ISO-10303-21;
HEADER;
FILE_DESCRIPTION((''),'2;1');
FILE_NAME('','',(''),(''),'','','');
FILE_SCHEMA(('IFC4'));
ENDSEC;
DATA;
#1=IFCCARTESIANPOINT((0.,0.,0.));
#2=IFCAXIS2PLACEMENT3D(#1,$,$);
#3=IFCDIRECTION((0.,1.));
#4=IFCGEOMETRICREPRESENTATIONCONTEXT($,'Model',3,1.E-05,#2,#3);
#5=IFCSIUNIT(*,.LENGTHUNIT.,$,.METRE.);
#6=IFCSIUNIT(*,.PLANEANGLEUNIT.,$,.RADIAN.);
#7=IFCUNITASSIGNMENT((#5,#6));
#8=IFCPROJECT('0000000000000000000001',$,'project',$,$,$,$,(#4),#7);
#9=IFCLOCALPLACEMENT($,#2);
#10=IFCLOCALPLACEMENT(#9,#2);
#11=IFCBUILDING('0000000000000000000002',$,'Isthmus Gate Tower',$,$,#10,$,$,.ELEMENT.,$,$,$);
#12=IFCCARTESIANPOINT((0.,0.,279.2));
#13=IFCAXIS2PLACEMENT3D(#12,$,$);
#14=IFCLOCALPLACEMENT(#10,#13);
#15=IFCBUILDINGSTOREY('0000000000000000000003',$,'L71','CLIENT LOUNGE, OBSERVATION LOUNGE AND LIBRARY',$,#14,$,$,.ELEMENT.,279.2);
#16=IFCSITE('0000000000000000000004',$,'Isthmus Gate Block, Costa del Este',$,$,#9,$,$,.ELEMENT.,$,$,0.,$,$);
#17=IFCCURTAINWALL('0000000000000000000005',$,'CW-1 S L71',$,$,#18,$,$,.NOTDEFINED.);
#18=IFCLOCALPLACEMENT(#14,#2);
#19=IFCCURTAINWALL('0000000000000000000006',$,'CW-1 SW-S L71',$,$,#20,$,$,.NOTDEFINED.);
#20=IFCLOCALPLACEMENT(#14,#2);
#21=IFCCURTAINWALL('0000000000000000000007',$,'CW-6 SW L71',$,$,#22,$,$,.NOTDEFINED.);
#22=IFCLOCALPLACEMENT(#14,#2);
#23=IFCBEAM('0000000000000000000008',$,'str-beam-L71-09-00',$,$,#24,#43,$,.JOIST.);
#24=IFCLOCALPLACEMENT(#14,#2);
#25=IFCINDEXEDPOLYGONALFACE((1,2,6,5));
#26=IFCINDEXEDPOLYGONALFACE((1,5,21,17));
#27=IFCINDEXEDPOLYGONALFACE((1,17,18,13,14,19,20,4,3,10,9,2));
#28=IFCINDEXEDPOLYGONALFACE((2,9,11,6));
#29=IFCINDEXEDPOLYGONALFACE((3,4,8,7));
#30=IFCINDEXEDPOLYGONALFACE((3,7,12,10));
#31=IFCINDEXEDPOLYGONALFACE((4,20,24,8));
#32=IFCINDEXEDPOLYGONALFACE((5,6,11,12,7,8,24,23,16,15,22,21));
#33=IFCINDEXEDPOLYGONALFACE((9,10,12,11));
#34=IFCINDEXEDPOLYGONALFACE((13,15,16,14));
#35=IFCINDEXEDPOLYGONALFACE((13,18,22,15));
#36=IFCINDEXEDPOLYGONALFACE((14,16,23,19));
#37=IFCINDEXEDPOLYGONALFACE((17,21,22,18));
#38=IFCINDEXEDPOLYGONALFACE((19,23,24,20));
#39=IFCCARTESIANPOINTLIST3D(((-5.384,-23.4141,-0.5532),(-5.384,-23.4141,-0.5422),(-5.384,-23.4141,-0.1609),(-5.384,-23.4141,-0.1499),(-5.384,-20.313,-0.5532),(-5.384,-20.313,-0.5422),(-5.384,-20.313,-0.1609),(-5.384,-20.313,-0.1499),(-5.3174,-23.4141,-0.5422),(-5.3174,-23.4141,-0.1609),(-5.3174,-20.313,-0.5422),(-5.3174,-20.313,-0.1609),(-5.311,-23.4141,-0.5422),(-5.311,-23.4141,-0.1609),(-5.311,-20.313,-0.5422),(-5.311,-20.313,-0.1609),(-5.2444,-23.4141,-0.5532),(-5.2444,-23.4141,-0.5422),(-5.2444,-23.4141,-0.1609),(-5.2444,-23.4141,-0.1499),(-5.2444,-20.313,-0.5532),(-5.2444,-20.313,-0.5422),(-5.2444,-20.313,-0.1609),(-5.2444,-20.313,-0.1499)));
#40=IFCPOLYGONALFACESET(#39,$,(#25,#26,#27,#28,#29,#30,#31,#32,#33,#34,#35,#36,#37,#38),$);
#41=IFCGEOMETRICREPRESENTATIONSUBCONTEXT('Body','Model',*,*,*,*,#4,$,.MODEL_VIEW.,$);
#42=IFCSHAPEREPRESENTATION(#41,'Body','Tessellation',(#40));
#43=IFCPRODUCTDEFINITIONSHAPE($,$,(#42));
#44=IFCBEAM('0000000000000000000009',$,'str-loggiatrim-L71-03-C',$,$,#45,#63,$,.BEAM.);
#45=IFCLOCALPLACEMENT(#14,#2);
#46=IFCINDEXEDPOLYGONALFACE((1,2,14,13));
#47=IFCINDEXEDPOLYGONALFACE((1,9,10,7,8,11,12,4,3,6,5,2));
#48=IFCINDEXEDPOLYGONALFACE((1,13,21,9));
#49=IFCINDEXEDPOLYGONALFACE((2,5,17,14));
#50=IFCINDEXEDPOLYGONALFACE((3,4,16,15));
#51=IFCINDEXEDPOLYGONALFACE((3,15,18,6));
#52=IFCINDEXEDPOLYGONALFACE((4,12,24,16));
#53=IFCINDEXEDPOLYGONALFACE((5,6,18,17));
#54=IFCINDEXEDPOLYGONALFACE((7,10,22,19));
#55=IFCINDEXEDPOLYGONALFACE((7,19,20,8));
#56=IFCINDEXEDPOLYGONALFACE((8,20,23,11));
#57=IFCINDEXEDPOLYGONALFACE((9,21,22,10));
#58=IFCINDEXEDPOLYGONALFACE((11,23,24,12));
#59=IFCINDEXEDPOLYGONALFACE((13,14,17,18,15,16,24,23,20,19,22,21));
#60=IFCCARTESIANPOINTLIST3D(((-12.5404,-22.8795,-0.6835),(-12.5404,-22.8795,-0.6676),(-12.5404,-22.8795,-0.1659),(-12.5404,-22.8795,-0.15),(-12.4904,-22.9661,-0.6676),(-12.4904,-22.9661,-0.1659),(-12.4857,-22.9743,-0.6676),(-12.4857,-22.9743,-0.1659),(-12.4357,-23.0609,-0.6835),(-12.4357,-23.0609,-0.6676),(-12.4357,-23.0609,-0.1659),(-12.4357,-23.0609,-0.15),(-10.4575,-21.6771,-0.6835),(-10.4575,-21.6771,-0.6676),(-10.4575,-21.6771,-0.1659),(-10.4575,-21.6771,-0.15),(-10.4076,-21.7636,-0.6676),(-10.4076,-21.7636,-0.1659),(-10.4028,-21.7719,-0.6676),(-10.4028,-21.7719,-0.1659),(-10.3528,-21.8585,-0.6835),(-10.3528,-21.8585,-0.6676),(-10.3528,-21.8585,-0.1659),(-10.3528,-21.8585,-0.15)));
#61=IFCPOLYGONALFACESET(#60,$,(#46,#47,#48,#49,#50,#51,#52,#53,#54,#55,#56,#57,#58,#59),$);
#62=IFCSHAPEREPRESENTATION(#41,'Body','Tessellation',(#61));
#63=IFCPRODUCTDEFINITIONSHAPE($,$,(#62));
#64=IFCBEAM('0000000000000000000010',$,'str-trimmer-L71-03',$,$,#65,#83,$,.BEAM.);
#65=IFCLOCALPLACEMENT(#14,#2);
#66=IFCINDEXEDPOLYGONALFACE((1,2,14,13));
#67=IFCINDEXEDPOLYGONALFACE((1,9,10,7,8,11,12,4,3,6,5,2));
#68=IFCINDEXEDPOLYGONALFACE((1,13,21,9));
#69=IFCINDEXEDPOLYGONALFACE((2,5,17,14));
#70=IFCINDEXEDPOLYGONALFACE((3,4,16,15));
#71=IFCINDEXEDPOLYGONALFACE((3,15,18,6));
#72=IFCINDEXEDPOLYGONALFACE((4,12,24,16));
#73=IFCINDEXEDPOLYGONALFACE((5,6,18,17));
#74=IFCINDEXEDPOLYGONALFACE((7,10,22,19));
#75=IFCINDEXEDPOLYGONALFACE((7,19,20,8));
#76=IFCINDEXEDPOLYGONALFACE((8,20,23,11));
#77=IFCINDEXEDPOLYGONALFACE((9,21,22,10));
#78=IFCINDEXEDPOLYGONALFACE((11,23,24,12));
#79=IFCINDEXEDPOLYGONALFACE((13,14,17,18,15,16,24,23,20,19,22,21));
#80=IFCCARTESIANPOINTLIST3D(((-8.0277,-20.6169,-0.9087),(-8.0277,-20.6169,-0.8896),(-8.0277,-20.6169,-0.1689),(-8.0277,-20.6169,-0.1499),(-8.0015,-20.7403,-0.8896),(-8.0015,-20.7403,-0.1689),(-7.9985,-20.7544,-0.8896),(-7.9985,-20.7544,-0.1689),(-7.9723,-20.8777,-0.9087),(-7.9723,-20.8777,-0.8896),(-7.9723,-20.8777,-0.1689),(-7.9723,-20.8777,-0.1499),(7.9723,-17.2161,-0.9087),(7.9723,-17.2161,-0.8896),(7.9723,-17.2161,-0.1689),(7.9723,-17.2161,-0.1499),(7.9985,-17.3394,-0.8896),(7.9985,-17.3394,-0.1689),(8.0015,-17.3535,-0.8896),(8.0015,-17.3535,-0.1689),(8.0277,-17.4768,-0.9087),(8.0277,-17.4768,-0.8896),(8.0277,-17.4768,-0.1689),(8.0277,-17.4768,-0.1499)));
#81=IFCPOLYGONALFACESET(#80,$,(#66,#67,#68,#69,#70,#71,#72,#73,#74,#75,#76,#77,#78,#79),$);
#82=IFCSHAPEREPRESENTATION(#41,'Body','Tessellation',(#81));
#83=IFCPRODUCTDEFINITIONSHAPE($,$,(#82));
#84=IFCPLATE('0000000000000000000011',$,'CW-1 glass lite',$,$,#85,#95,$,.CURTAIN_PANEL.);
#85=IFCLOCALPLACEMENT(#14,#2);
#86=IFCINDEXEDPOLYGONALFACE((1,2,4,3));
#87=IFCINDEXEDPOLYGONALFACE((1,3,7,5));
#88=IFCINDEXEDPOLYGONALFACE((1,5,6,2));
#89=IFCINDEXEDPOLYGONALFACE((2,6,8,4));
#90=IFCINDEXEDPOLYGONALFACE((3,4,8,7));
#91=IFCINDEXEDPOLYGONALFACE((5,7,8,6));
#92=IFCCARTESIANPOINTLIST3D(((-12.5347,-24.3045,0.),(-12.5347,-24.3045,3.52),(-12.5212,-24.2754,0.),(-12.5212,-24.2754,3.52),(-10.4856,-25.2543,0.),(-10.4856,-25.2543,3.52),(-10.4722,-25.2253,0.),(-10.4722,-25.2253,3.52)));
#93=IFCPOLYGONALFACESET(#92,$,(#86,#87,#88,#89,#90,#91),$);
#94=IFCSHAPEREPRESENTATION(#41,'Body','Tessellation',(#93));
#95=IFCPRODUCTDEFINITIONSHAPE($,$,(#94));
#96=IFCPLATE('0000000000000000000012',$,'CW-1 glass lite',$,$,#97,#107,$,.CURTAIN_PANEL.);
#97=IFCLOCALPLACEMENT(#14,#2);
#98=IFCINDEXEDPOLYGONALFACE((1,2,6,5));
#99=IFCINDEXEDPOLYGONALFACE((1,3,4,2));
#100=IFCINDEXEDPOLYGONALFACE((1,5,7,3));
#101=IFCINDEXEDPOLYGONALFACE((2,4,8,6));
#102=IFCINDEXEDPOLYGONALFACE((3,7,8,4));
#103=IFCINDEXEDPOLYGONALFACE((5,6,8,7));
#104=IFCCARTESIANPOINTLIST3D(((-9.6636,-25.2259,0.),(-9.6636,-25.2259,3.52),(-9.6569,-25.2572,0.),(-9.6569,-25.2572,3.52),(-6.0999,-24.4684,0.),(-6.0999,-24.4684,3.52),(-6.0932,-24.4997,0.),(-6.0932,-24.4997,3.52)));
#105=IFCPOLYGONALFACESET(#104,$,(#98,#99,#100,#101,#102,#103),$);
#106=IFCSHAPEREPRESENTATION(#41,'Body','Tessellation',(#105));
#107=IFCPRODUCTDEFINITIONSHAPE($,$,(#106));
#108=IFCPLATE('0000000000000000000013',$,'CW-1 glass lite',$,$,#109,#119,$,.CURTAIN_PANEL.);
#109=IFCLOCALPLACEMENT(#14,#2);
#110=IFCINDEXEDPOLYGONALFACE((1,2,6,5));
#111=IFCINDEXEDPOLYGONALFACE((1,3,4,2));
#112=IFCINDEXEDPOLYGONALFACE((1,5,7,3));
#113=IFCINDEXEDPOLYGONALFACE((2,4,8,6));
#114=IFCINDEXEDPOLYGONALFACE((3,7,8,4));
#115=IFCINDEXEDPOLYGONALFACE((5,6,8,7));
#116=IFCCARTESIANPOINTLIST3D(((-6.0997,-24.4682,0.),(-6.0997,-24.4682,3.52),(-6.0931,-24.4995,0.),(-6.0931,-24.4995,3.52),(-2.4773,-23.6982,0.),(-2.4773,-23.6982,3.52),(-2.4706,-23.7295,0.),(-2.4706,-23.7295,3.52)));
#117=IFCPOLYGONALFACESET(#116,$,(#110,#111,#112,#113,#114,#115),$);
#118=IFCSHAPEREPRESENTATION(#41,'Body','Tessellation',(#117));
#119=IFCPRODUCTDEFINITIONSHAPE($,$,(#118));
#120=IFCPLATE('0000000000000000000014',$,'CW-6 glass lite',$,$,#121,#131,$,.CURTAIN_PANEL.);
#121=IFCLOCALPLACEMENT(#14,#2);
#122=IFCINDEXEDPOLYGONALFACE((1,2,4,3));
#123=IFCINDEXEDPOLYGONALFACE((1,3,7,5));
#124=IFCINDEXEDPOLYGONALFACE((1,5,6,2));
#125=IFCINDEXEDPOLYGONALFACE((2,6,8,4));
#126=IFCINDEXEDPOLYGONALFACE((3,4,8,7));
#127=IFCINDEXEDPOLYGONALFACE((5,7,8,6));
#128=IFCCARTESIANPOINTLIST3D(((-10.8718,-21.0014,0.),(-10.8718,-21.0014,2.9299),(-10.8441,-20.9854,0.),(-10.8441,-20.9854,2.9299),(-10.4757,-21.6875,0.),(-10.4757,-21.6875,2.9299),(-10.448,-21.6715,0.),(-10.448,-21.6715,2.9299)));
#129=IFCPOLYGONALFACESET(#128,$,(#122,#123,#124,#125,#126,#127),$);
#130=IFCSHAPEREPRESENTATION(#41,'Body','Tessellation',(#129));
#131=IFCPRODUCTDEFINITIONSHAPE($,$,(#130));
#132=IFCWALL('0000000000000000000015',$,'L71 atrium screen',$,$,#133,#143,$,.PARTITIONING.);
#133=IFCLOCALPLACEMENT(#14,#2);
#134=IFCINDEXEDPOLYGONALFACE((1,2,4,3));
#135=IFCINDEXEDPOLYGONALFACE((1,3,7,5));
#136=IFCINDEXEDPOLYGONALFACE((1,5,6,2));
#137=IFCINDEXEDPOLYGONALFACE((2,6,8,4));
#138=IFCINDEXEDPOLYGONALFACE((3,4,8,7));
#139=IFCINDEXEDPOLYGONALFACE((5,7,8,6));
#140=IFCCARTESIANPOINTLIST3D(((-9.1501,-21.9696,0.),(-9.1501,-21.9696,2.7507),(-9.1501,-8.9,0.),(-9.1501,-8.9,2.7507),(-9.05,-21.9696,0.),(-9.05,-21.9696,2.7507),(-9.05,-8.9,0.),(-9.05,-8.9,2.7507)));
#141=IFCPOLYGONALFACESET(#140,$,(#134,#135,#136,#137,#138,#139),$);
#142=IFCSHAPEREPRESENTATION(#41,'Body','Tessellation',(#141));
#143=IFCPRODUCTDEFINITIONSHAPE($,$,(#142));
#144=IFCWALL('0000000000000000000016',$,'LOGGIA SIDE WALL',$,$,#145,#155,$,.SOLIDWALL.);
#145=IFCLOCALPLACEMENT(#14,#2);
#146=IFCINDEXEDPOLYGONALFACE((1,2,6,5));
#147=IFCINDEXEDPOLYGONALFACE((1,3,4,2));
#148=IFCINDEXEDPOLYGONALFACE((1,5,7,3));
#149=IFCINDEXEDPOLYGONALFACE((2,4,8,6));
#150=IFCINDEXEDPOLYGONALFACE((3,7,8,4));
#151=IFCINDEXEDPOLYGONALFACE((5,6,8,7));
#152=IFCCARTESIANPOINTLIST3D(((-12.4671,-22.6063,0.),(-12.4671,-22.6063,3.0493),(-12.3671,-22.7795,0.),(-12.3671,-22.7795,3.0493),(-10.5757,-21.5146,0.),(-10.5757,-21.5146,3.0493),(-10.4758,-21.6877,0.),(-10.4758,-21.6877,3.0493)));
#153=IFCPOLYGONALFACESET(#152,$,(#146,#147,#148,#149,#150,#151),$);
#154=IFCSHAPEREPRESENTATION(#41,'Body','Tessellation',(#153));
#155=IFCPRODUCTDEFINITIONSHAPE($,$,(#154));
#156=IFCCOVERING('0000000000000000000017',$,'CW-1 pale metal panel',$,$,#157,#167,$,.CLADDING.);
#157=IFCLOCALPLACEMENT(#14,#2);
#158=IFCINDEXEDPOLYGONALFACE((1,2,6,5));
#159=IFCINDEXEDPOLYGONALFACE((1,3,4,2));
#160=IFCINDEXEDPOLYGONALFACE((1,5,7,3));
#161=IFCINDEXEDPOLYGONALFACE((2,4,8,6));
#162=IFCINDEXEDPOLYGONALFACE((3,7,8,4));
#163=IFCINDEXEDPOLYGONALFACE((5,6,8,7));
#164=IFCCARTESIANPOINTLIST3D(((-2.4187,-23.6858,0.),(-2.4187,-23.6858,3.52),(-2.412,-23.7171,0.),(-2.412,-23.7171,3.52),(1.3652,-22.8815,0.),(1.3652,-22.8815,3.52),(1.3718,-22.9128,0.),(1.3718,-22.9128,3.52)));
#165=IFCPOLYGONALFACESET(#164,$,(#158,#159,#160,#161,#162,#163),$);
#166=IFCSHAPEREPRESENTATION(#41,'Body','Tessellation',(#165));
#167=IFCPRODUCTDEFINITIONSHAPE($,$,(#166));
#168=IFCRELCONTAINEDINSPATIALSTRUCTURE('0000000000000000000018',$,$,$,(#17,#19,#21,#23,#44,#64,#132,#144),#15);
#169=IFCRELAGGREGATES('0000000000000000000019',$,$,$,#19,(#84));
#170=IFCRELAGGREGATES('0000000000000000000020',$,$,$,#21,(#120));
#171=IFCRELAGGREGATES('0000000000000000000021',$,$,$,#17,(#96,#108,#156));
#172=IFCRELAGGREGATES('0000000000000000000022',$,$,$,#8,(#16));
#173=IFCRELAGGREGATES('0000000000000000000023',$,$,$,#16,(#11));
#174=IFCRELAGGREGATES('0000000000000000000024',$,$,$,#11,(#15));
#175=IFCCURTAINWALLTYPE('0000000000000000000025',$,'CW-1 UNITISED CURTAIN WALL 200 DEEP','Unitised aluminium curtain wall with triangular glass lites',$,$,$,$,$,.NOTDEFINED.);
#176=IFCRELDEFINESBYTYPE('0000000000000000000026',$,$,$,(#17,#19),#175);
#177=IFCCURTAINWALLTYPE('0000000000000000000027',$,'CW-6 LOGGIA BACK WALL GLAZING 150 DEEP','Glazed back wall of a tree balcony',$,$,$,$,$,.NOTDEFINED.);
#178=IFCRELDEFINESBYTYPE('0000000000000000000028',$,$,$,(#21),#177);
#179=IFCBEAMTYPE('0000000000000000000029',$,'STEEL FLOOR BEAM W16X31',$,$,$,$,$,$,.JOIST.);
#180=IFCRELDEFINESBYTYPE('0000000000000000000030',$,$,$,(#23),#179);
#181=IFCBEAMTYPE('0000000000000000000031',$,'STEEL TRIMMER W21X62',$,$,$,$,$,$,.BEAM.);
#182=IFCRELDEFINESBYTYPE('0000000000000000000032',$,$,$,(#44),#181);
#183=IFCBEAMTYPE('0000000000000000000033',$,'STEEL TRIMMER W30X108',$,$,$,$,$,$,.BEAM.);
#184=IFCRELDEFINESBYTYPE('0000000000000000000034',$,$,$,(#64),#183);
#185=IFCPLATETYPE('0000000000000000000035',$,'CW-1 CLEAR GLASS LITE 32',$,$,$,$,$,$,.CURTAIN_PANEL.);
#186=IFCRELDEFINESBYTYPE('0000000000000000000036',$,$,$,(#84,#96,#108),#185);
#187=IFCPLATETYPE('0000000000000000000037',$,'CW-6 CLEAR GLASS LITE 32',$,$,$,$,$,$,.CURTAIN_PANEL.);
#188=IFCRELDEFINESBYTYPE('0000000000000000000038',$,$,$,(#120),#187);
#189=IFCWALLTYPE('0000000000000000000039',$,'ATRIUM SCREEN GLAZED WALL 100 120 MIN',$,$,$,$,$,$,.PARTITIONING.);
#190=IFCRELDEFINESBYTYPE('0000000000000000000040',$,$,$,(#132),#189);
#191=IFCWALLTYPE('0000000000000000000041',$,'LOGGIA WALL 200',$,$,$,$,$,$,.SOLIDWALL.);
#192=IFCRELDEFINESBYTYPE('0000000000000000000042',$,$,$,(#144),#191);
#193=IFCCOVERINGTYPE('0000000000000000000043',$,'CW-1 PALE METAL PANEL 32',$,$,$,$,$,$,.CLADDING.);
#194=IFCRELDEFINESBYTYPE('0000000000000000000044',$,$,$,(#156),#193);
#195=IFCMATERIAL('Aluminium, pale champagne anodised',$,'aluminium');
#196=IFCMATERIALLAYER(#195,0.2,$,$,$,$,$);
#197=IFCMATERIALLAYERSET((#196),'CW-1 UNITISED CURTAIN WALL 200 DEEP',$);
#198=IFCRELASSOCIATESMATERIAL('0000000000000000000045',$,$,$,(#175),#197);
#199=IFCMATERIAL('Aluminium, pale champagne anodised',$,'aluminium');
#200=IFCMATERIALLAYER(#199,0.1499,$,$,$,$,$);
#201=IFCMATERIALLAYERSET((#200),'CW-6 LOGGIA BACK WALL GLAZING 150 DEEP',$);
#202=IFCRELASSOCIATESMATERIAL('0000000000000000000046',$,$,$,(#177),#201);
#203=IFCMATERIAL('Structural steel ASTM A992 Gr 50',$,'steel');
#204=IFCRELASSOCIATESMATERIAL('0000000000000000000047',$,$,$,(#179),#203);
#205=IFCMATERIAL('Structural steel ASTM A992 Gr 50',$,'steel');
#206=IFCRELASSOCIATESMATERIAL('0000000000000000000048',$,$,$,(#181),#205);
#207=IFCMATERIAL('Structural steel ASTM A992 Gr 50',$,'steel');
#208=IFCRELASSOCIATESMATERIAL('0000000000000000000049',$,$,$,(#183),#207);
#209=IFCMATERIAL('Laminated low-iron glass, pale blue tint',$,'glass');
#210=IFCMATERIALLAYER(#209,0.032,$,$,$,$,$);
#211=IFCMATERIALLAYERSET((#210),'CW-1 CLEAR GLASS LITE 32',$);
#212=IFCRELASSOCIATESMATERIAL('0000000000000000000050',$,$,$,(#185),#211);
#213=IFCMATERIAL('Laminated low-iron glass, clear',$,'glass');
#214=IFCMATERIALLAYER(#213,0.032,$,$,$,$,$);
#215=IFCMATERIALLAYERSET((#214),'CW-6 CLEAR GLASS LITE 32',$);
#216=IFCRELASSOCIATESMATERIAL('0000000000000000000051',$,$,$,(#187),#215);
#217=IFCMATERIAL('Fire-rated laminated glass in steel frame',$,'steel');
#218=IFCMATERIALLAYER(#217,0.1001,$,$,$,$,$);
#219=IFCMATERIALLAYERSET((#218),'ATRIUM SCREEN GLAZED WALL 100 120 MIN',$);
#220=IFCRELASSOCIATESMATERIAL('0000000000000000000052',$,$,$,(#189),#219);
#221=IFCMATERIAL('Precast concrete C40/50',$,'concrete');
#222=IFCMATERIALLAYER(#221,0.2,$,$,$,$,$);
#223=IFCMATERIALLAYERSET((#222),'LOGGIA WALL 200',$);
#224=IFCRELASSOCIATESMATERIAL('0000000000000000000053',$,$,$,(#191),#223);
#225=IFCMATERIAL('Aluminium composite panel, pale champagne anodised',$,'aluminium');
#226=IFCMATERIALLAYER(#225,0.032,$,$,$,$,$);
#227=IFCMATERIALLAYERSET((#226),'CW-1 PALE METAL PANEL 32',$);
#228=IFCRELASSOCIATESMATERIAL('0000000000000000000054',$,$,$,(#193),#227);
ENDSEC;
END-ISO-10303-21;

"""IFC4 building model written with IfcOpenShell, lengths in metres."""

from ifc_helpers import new_model, si_unit, direction, frame, frame_2d, origin, origin_2d, place, context, subcontext, project, spatial, rectangle, i_section, extrude, material, layer, layer_set, material_profile, profile_set, type_object, element, aggregate, save


model = new_model("IFC4")

# Units and contexts
model_context = context("Model", 3, precision=1e-05, world=origin(), true_north=direction((0.0, 1.0)))
body_context = subcontext(model_context, "Body", "Model", "MODEL_VIEW")
ifc_project = project(units=[si_unit("LENGTHUNIT", "METRE"), si_unit("PLANEANGLEUNIT", "RADIAN")], contexts=[model_context])

# Site, building, storey
site_placement = place(None, origin())
site = spatial("IfcSite", under=ifc_project, at=site_placement, Name="Isthmus Gate Block, Costa del Este", CompositionType="ELEMENT", RefElevation=0.0)
building_placement = place(site_placement, origin())
building = spatial("IfcBuilding", under=site, at=building_placement, Name="Isthmus Gate Tower", CompositionType="ELEMENT")
storey_placement = place(building_placement, frame((0.0, 0.0, 279.2)))
storey = spatial("IfcBuildingStorey", under=building, at=storey_placement, Name="L71", Description="CLIENT LOUNGE, OBSERVATION LOUNGE AND LIBRARY", CompositionType="ELEMENT", Elevation=279.2)

# Curtain wall
ifc_material_1 = material(Name="Aluminium, pale champagne anodised", Category="aluminium")
ifc_layer_1 = layer(ifc_material_1, 0.2)
ifc_layer_set_1 = layer_set([ifc_layer_1], Name="CW-1 UNITISED CURTAIN WALL 200 DEEP")
curtain_wall_type_1 = type_object("IfcCurtainWallType", Name="CW-1 UNITISED CURTAIN WALL 200 DEEP", Description="Unitised aluminium curtain wall with triangular glass lites", PredefinedType="NOTDEFINED", material=ifc_layer_set_1)
curtain_wall_1_placement = place(storey_placement, origin())
curtain_wall_1 = element("IfcCurtainWall", 1, at=curtain_wall_1_placement, inside=storey, type_object=curtain_wall_type_1, Name="CW-1 S L71", PredefinedType="NOTDEFINED")

# Curtain wall
curtain_wall_2_placement = place(storey_placement, origin())
curtain_wall_2 = element("IfcCurtainWall", 2, at=curtain_wall_2_placement, inside=storey, type_object=curtain_wall_type_1, Name="CW-1 SW-S L71", PredefinedType="NOTDEFINED")

# Curtain wall
ifc_material_2 = material(Name="Aluminium, pale champagne anodised", Category="aluminium")
ifc_layer_2 = layer(ifc_material_2, 0.1499)
ifc_layer_set_2 = layer_set([ifc_layer_2], Name="CW-6 LOGGIA BACK WALL GLAZING 150 DEEP")
curtain_wall_type_2 = type_object("IfcCurtainWallType", Name="CW-6 LOGGIA BACK WALL GLAZING 150 DEEP", Description="Glazed back wall of a tree balcony", PredefinedType="NOTDEFINED", material=ifc_layer_set_2)
curtain_wall_3_placement = place(storey_placement, origin())
curtain_wall_3 = element("IfcCurtainWall", 3, at=curtain_wall_3_placement, inside=storey, type_object=curtain_wall_type_2, Name="CW-6 SW L71", PredefinedType="NOTDEFINED")

# Beams
ifc_material_3 = material(Name="Structural steel ASTM A992 Gr 50", Category="steel")
ifc_material_profile_1 = material_profile(ifc_material_3, i_section(OverallWidth=0.1396, OverallDepth=0.4033, WebThickness=0.0063, FlangeThickness=0.011, at=origin_2d()), Name="W16X31")
ifc_profile_set_1 = profile_set([ifc_material_profile_1], Name="Structural steel ASTM A992 Gr 50")
beam_type_1 = type_object("IfcBeamType", Name="STEEL FLOOR BEAM W16X31", PredefinedType="JOIST", material=ifc_profile_set_1)
beam_1_placement = place(storey_placement, frame((-5.3142, -23.4141, -0.3516), z_axis=(0.0, 1.0, 0.0), x_axis=(-1.0, 0.0, 0.0)))
element("IfcBeam", 4, at=beam_1_placement, inside=storey, type_object=beam_type_1, Name="str-beam-L71-09-00", PredefinedType="JOIST", context=body_context, shape_type="SweptSolid", body=[
    extrude(i_section(OverallWidth=0.1396, OverallDepth=0.4033, WebThickness=0.0063, FlangeThickness=0.011, at=origin_2d()), origin(), (0.0, 0.0, 1.0), 3.1011),
])
ifc_material_4 = material(Name="Structural steel ASTM A992 Gr 50", Category="steel")
ifc_material_profile_2 = material_profile(ifc_material_4, i_section(OverallWidth=0.2095, OverallDepth=0.5334, WebThickness=0.0095, FlangeThickness=0.0159, at=origin_2d()), Name="W21X62")
ifc_profile_set_2 = profile_set([ifc_material_profile_2], Name="Structural steel ASTM A992 Gr 50")
beam_type_2 = type_object("IfcBeamType", Name="STEEL TRIMMER W21X62", PredefinedType="BEAM", material=ifc_profile_set_2)
beam_2_placement = place(storey_placement, frame((-12.488, -22.9702, -0.4167), z_axis=(0.866042, 0.499971, 0.0), x_axis=(-0.499971, 0.866042, 0.0)))
element("IfcBeam", 5, at=beam_2_placement, inside=storey, type_object=beam_type_2, Name="str-loggiatrim-L71-03-C", PredefinedType="BEAM", context=body_context, shape_type="SweptSolid", body=[
    extrude(i_section(OverallWidth=0.2095, OverallDepth=0.5334, WebThickness=0.0095, FlangeThickness=0.0159, at=origin_2d()), origin(), (0.0, 0.0, 1.0), 2.405),
])
ifc_material_5 = material(Name="Structural steel ASTM A992 Gr 50", Category="steel")
ifc_material_profile_3 = material_profile(ifc_material_5, i_section(OverallWidth=0.2666, OverallDepth=0.7588, WebThickness=0.0144, FlangeThickness=0.019, at=origin_2d()), Name="W30X108")
ifc_profile_set_3 = profile_set([ifc_material_profile_3], Name="Structural steel ASTM A992 Gr 50")
beam_type_3 = type_object("IfcBeamType", Name="STEEL TRIMMER W30X108", PredefinedType="BEAM", material=ifc_profile_set_3)
beam_3_placement = place(storey_placement, frame((-8.0, -20.7473, -0.5293), z_axis=(0.978148, 0.20791, 0.0), x_axis=(-0.20791, 0.978148, 0.0)))
element("IfcBeam", 6, at=beam_3_placement, inside=storey, type_object=beam_type_3, Name="str-trimmer-L71-03", PredefinedType="BEAM", context=body_context, shape_type="SweptSolid", body=[
    extrude(i_section(OverallWidth=0.2666, OverallDepth=0.7588, WebThickness=0.0144, FlangeThickness=0.019, at=origin_2d()), origin(), (0.0, 0.0, 1.0), 16.3574),
])

# Plates
ifc_material_6 = material(Name="Laminated low-iron glass, pale blue tint", Category="glass")
ifc_layer_3 = layer(ifc_material_6, 0.032)
ifc_layer_set_3 = layer_set([ifc_layer_3], Name="CW-1 CLEAR GLASS LITE 32")
plate_type_1 = type_object("IfcPlateType", Name="CW-1 CLEAR GLASS LITE 32", PredefinedType="CURTAIN_PANEL", material=ifc_layer_set_3)
plate_1_placement = place(storey_placement, frame((-11.5034, -24.7649, 0.0), z_axis=(0.0, 0.0, 1.0), x_axis=(0.907256, -0.420578, 0.0)))
plate_1 = element("IfcPlate", 7, at=plate_1_placement, type_object=plate_type_1, Name="CW-1 glass lite", PredefinedType="CURTAIN_PANEL", context=body_context, shape_type="SweptSolid", body=[
    extrude(rectangle(XDim=2.2585, YDim=0.032, at=origin_2d()), origin(), (0.0, 0.0, 1.0), 3.52),
])
aggregate(curtain_wall_2, [plate_1])
plate_2_placement = place(storey_placement, frame((-7.8784, -24.8628, 0.0), z_axis=(0.0, 0.0, 1.0), x_axis=(0.978148, 0.207912, 0.0)))
plate_2 = element("IfcPlate", 8, at=plate_2_placement, type_object=plate_type_1, Name="CW-1 glass lite", PredefinedType="CURTAIN_PANEL", context=body_context, shape_type="SweptSolid", body=[
    extrude(rectangle(XDim=3.6433, YDim=0.032, at=origin_2d()), origin(), (0.0, 0.0, 1.0), 3.52),
])
plate_3_placement = place(storey_placement, frame((-4.2852, -24.0989, 0.0), z_axis=(0.0, 0.0, 1.0), x_axis=(0.978148, 0.207912, 0.0)))
plate_3 = element("IfcPlate", 9, at=plate_3_placement, type_object=plate_type_1, Name="CW-1 glass lite", PredefinedType="CURTAIN_PANEL", context=body_context, shape_type="SweptSolid", body=[
    extrude(rectangle(XDim=3.7034, YDim=0.032, at=origin_2d()), origin(), (0.0, 0.0, 1.0), 3.52),
])
ifc_material_7 = material(Name="Laminated low-iron glass, clear", Category="glass")
ifc_layer_4 = layer(ifc_material_7, 0.032)
ifc_layer_set_4 = layer_set([ifc_layer_4], Name="CW-6 CLEAR GLASS LITE 32")
plate_type_2 = type_object("IfcPlateType", Name="CW-6 CLEAR GLASS LITE 32", PredefinedType="CURTAIN_PANEL", material=ifc_layer_set_4)
plate_4_placement = place(storey_placement, frame((-10.6599, -21.3364, 0.0), z_axis=(0.0, 0.0, 1.0), x_axis=(0.5, -0.866025, 0.0)))
plate_4 = element("IfcPlate", 10, at=plate_4_placement, type_object=plate_type_2, Name="CW-6 glass lite", PredefinedType="CURTAIN_PANEL", context=body_context, shape_type="SweptSolid", body=[
    extrude(rectangle(XDim=0.7922, YDim=0.032, at=origin_2d()), origin(), (0.0, 0.0, 1.0), 2.9299),
])
aggregate(curtain_wall_3, [plate_4])

# Walls
ifc_material_8 = material(Name="Fire-rated laminated glass in steel frame", Category="steel")
ifc_layer_5 = layer(ifc_material_8, 0.1001)
ifc_layer_set_5 = layer_set([ifc_layer_5], Name="ATRIUM SCREEN GLAZED WALL 100 120 MIN")
wall_type_1 = type_object("IfcWallType", Name="ATRIUM SCREEN GLAZED WALL 100 120 MIN", PredefinedType="PARTITIONING", material=ifc_layer_set_5)
wall_1_placement = place(storey_placement, frame((-9.1001, -21.9695, 0.0), z_axis=(0.0, 0.0, 1.0), x_axis=(0.0, 1.0, 0.0)))
element("IfcWall", 11, at=wall_1_placement, inside=storey, type_object=wall_type_1, Name="L71 atrium screen", PredefinedType="PARTITIONING", context=body_context, shape_type="SweptSolid", body=[
    extrude(rectangle(XDim=13.0696, YDim=0.1001, at=frame_2d((6.5347, 0.0))), origin(), (0.0, 0.0, 1.0), 2.7507),
])
ifc_material_9 = material(Name="Precast concrete C40/50", Category="concrete")
ifc_layer_6 = layer(ifc_material_9, 0.2)
ifc_layer_set_6 = layer_set([ifc_layer_6], Name="LOGGIA WALL 200")
wall_type_2 = type_object("IfcWallType", Name="LOGGIA WALL 200", PredefinedType="SOLIDWALL", material=ifc_layer_set_6)
wall_2_placement = place(storey_placement, frame((-12.417, -22.6929, 0.0), z_axis=(0.0, 0.0, 1.0), x_axis=(0.866061, 0.499939, 0.0)))
element("IfcWall", 12, at=wall_2_placement, inside=storey, type_object=wall_type_2, Name="LOGGIA SIDE WALL", PredefinedType="SOLIDWALL", context=body_context, shape_type="SweptSolid", body=[
    extrude(rectangle(XDim=2.1838, YDim=0.2, at=frame_2d((1.0918, 0.0))), origin(), (0.0, 0.0, 1.0), 3.0493),
])

# Covering
ifc_material_10 = material(Name="Aluminium composite panel, pale champagne anodised", Category="aluminium")
ifc_layer_7 = layer(ifc_material_10, 0.032)
ifc_layer_set_7 = layer_set([ifc_layer_7], Name="CW-1 PALE METAL PANEL 32")
covering_type = type_object("IfcCoveringType", Name="CW-1 PALE METAL PANEL 32", PredefinedType="CLADDING", material=ifc_layer_set_7)
covering_placement = place(storey_placement, frame((-0.5234, -23.2993, 0.0), z_axis=(0.0, 0.0, 1.0), x_axis=(0.978148, 0.207912, 0.0)))
covering = element("IfcCovering", 13, at=covering_placement, type_object=covering_type, Name="CW-1 pale metal panel", PredefinedType="CLADDING", context=body_context, shape_type="SweptSolid", body=[
    extrude(rectangle(XDim=3.8684, YDim=0.032, at=origin_2d()), origin(), (0.0, 0.0, 1.0), 3.52),
])
aggregate(curtain_wall_1, [plate_2, plate_3, covering])

save(model, "model.ifc")
